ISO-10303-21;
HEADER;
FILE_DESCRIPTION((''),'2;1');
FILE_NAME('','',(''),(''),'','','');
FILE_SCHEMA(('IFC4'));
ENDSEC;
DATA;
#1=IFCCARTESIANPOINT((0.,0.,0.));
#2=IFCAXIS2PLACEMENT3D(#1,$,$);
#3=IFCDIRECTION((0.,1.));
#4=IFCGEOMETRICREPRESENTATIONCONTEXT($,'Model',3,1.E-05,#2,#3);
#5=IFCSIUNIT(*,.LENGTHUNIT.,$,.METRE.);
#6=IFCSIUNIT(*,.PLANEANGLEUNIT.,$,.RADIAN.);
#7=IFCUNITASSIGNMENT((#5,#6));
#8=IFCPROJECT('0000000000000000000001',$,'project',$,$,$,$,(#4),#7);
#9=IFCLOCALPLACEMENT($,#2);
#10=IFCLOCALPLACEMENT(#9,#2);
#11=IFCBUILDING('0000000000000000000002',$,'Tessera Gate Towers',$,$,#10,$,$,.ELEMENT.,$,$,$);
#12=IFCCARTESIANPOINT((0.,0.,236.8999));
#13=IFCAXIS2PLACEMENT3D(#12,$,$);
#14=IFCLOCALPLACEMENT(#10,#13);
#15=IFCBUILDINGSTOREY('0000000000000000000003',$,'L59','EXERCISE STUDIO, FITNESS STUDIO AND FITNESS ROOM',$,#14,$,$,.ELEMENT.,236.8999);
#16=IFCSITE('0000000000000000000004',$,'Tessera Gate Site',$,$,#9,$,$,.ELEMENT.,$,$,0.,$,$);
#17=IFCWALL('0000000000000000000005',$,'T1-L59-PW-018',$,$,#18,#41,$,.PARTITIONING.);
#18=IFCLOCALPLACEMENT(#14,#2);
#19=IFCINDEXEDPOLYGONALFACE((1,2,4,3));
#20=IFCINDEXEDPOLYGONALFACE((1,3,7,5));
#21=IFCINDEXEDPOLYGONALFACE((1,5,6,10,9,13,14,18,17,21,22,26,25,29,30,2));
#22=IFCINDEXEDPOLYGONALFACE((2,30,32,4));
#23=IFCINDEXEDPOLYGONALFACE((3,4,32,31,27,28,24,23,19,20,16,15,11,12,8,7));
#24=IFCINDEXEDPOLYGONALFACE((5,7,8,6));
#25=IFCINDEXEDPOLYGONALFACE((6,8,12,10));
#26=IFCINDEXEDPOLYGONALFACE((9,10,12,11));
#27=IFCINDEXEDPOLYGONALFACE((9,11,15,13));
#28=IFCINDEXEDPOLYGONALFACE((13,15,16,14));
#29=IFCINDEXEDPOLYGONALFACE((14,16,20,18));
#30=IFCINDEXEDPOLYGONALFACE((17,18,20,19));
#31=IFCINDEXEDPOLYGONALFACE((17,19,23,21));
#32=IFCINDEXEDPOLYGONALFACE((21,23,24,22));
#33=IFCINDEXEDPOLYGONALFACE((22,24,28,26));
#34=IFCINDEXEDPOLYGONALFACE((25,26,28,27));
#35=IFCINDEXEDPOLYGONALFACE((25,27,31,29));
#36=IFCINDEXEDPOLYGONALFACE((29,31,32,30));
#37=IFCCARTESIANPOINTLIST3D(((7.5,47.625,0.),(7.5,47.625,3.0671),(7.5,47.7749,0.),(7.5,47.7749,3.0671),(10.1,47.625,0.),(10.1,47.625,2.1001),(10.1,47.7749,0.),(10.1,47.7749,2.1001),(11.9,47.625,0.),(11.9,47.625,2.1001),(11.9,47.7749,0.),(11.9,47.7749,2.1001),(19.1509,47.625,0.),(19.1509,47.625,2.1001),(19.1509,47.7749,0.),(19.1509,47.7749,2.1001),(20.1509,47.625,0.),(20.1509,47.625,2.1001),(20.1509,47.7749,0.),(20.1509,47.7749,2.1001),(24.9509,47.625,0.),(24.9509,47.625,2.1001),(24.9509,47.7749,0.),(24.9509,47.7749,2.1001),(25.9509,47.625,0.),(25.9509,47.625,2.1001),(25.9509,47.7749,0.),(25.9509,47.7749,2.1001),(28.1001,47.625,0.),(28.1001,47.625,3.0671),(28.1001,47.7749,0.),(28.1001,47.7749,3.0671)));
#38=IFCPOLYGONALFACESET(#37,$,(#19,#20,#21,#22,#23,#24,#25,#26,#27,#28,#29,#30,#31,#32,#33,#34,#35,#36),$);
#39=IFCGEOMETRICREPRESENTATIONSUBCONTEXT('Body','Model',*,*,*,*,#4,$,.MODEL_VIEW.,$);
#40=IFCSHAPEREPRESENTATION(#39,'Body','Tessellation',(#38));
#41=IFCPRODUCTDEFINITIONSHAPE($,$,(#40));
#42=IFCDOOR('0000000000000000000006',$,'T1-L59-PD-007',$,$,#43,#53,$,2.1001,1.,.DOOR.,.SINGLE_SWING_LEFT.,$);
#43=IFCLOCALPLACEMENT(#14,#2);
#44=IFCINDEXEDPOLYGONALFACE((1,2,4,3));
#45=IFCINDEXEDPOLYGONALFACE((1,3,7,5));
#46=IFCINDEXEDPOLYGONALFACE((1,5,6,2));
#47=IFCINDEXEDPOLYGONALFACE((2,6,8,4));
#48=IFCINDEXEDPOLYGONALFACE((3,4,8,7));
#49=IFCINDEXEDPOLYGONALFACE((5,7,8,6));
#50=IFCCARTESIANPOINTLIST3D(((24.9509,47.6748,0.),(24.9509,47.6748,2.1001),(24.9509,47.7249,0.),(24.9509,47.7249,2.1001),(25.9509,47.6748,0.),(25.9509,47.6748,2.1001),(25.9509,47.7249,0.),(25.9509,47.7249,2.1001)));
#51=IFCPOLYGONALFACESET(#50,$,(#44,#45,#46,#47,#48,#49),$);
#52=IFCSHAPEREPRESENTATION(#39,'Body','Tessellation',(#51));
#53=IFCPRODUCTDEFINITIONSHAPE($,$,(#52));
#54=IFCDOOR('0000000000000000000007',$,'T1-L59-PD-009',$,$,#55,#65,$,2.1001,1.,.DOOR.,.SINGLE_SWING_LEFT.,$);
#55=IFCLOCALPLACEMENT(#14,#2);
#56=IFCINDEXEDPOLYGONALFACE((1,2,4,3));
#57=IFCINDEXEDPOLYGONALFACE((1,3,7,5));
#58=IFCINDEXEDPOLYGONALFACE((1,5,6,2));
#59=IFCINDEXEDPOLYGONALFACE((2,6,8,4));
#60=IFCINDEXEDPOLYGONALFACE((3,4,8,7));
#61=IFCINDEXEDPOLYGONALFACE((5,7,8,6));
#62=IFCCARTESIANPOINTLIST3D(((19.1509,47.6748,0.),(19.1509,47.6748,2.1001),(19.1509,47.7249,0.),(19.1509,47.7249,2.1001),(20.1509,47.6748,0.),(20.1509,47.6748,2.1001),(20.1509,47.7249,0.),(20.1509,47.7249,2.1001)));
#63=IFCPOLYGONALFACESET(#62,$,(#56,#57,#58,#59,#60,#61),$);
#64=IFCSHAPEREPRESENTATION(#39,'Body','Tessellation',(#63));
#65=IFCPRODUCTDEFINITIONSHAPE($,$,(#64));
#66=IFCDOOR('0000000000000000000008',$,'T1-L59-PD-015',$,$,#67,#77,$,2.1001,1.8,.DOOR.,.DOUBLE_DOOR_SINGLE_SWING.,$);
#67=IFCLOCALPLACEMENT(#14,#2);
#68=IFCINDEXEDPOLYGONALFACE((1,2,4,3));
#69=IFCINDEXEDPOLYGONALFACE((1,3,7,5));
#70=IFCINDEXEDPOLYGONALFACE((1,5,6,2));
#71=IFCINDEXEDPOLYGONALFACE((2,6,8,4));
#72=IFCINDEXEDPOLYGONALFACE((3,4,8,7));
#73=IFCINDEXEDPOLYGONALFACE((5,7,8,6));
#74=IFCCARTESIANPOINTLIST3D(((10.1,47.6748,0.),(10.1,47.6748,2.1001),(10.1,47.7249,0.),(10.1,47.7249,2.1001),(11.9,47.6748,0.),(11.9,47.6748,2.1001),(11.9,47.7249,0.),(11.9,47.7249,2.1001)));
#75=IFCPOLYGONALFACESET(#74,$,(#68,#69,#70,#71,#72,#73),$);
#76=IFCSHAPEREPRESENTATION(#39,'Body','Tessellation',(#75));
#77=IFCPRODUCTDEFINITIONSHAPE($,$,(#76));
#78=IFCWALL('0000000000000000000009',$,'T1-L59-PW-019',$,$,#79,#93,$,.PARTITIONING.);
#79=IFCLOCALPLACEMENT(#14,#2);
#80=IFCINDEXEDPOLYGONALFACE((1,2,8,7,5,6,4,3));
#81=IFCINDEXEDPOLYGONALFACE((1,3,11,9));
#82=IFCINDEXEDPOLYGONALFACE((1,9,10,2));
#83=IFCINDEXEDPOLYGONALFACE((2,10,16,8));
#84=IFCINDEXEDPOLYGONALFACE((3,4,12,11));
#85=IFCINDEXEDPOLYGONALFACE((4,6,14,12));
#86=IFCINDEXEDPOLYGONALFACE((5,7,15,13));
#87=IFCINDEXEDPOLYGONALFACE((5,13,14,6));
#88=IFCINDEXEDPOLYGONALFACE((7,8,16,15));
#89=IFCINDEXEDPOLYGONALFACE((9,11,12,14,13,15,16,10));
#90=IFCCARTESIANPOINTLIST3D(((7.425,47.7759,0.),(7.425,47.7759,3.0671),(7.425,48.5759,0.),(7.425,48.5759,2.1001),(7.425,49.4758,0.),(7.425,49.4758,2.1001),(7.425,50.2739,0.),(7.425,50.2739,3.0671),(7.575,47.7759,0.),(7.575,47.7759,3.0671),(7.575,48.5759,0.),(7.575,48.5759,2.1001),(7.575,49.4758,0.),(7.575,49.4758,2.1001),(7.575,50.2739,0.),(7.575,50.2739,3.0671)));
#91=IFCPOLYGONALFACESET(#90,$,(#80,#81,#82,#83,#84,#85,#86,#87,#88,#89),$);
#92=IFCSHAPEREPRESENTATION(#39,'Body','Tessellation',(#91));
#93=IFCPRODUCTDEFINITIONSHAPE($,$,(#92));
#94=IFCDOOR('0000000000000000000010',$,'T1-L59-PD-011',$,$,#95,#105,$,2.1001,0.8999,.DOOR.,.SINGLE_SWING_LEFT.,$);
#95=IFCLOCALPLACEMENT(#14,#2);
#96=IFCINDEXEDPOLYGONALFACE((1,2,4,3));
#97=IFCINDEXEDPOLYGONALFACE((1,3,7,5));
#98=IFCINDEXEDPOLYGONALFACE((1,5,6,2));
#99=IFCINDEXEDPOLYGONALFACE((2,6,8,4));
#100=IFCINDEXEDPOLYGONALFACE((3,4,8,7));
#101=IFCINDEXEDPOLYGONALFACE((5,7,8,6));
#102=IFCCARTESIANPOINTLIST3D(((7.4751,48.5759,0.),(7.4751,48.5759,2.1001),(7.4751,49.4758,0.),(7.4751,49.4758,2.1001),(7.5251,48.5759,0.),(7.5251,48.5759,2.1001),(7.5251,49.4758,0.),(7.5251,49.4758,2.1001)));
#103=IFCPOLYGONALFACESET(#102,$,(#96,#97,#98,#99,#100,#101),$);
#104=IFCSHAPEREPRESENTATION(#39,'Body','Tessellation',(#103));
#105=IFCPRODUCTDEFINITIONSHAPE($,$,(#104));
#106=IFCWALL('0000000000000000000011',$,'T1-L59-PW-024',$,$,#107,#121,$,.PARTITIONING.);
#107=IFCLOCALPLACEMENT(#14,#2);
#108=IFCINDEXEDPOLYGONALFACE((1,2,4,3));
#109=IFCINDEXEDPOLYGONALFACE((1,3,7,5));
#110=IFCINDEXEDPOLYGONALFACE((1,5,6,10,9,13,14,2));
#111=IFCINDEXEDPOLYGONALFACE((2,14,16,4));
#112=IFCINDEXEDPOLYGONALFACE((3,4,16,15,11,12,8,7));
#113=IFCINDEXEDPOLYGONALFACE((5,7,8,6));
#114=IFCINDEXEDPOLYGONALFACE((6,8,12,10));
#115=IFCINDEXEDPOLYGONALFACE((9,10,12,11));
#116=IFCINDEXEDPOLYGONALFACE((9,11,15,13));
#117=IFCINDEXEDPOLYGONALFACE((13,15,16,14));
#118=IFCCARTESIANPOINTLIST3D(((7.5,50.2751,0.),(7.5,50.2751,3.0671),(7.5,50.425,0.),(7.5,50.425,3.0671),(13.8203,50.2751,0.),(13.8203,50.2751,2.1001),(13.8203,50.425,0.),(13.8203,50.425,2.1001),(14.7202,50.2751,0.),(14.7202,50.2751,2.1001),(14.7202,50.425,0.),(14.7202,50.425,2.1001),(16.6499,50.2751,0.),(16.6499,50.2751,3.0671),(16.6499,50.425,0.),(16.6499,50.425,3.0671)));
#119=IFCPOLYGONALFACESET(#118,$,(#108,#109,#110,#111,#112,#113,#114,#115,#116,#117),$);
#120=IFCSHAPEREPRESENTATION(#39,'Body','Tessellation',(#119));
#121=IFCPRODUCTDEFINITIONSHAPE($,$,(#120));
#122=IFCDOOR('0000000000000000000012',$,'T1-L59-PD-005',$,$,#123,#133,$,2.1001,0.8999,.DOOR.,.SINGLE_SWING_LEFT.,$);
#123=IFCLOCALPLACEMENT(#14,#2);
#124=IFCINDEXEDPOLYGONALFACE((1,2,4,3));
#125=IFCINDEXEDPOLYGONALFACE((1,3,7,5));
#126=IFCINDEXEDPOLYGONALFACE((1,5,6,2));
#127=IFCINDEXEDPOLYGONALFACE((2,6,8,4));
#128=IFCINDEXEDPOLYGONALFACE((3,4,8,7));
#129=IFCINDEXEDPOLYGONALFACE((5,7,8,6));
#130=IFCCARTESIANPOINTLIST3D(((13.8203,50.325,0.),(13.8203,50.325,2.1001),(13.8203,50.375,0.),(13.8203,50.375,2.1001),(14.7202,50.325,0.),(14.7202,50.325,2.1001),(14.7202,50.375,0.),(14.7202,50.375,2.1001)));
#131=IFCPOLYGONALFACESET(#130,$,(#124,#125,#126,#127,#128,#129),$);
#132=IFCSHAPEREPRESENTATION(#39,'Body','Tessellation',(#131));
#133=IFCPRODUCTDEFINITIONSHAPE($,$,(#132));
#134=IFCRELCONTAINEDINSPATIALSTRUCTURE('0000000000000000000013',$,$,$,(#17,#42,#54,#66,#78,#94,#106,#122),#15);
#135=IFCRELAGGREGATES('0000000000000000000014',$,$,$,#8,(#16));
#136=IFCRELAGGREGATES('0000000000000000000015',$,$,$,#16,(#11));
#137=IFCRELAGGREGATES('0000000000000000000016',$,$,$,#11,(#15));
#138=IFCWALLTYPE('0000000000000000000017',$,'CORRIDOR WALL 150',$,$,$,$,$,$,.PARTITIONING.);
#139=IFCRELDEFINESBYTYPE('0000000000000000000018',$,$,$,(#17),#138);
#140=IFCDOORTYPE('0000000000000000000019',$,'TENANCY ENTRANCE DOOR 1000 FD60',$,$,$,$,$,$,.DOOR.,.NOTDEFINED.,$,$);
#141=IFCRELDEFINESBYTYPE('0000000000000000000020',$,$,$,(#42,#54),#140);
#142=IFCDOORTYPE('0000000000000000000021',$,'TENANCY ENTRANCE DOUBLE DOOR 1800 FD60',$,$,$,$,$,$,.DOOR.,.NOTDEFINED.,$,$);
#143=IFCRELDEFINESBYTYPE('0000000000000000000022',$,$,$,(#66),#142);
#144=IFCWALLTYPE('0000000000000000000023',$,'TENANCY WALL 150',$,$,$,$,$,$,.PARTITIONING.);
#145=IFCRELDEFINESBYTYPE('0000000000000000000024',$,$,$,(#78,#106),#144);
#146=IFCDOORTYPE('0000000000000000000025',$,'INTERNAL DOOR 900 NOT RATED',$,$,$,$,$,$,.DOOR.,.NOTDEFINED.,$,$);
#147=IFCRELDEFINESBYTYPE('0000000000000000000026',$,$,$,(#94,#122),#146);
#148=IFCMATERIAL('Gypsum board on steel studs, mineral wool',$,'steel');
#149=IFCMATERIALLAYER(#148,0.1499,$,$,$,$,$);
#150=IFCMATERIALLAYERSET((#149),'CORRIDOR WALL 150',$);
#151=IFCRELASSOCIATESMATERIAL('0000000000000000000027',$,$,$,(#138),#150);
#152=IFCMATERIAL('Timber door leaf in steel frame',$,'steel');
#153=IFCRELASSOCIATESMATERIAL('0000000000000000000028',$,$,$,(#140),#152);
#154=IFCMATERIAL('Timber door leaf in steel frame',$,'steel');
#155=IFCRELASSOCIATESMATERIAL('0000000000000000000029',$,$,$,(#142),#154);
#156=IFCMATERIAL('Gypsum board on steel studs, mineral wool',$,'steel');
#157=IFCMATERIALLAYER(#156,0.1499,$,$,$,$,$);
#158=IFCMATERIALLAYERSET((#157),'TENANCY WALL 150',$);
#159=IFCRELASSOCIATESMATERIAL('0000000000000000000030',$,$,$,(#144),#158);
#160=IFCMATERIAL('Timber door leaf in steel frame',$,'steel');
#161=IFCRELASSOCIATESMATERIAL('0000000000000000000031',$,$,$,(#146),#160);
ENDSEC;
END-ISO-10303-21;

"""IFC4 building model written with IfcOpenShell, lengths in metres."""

from ifc_helpers import new_model, si_unit, direction, frame, frame_2d, origin, place, context, subcontext, project, spatial, rectangle, extrude, source, transform, mapped, material, layer, layer_set, type_object, element, fill, save


model = new_model("IFC4")

# Units and contexts
model_context = context("Model", 3, precision=1e-05, world=origin(), true_north=direction((0.0, 1.0)))
body_context = subcontext(model_context, "Body", "Model", "MODEL_VIEW")
ifc_project = project(units=[si_unit("LENGTHUNIT", "METRE"), si_unit("PLANEANGLEUNIT", "RADIAN")], contexts=[model_context])

# Site, building, storey
site_placement = place(None, origin())
site = spatial("IfcSite", under=ifc_project, at=site_placement, Name="Tessera Gate Site", CompositionType="ELEMENT", RefElevation=0.0)
building_placement = place(site_placement, origin())
building = spatial("IfcBuilding", under=site, at=building_placement, Name="Tessera Gate Towers", CompositionType="ELEMENT")
storey_placement = place(building_placement, frame((0.0, 0.0, 236.8999)))
storey = spatial("IfcBuildingStorey", under=building, at=storey_placement, Name="L59", Description="EXERCISE STUDIO, FITNESS STUDIO AND FITNESS ROOM", CompositionType="ELEMENT", Elevation=236.8999)

# Shared definitions
ifc_material_1 = material(Name="Gypsum board on steel studs, mineral wool", Category="steel")
ifc_layer_1 = layer(ifc_material_1, 0.1499)
ifc_layer_set_1 = layer_set([ifc_layer_1], Name="CORRIDOR WALL 150")
wall_type_1 = type_object("IfcWallType", Name="CORRIDOR WALL 150", PredefinedType="PARTITIONING", material=ifc_layer_set_1)

# Wall, openings, doors
wall_1_placement = place(storey_placement, frame((7.5, 47.7, 0.0), z_axis=(0.0, 0.0, 1.0), x_axis=(1.0, 0.0, 0.0)))
wall_1 = element("IfcWall", 1, at=wall_1_placement, inside=storey, type_object=wall_type_1, Name="T1-L59-PW-018", PredefinedType="PARTITIONING", context=body_context, shape_type="SweptSolid", body=[
    extrude(rectangle(XDim=20.6001, YDim=0.1499, at=frame_2d((10.3, 0.0))), origin(), (0.0, 0.0, 1.0), 3.0671),
])
shared_shape_1 = source(origin(), body_context, "Body", "SweptSolid", [
    extrude(rectangle(XDim=1.0, YDim=2.1001, at=frame_2d((0.5, 1.05))), frame((0.0, 0.085, 0.0), z_axis=(0.0, -1.0, 0.0), x_axis=(1.0, 0.0, 0.0)), (0.0, 0.0, 1.0), 0.1699),
])
opening_1_placement = place(wall_1_placement, frame((17.4509, 0.0, 0.0)))
opening_1 = element("IfcOpeningElement", 2, at=opening_1_placement, cuts=wall_1, PredefinedType="OPENING", context=body_context, shape_type="MappedRepresentation", body=[
    mapped(shared_shape_1, transform((0.0, 0.0, 0.0), scale=1.0)),
])
opening_2_placement = place(wall_1_placement, frame((11.6509, 0.0, 0.0)))
opening_2 = element("IfcOpeningElement", 3, at=opening_2_placement, cuts=wall_1, PredefinedType="OPENING", context=body_context, shape_type="MappedRepresentation", body=[
    mapped(shared_shape_1, transform((0.0, 0.0, 0.0), scale=1.0)),
])
shared_shape_2 = source(origin(), body_context, "Body", "SweptSolid", [
    extrude(rectangle(XDim=1.8, YDim=2.1001, at=frame_2d((0.8999, 1.05))), frame((0.0, 0.085, 0.0), z_axis=(0.0, -1.0, 0.0), x_axis=(1.0, 0.0, 0.0)), (0.0, 0.0, 1.0), 0.1699),
])
opening_3_placement = place(wall_1_placement, frame((2.6001, 0.0, 0.0)))
opening_3 = element("IfcOpeningElement", 4, at=opening_3_placement, cuts=wall_1, PredefinedType="OPENING", context=body_context, shape_type="MappedRepresentation", body=[
    mapped(shared_shape_2, transform((0.0, 0.0, 0.0), scale=1.0)),
])
ifc_material_2 = material(Name="Timber door leaf in steel frame", Category="steel")
door_type_1 = type_object("IfcDoorType", Name="TENANCY ENTRANCE DOOR 1000 FD60", OperationType="NOTDEFINED", PredefinedType="DOOR", material=ifc_material_2)
shared_shape_3 = source(origin(), body_context, "Body", "SweptSolid", [
    extrude(rectangle(XDim=1.0, YDim=2.1001, at=frame_2d((0.5, 1.05))), frame((0.0, 0.0249, 0.0), z_axis=(0.0, -1.0, 0.0), x_axis=(1.0, 0.0, 0.0)), (0.0, 0.0, 1.0), 0.05),
])
door_1_placement = place(opening_1_placement, origin())
door_1 = element("IfcDoor", 5, at=door_1_placement, inside=storey, type_object=door_type_1, Name="T1-L59-PD-007", OperationType="SINGLE_SWING_LEFT", OverallHeight=2.1001, OverallWidth=1.0, PredefinedType="DOOR", context=body_context, shape_type="MappedRepresentation", body=[
    mapped(shared_shape_3, transform((0.0, 0.0, 0.0), scale=1.0)),
])
fill(opening_1, door_1)
door_2_placement = place(opening_2_placement, origin())
door_2 = element("IfcDoor", 6, at=door_2_placement, inside=storey, type_object=door_type_1, Name="T1-L59-PD-009", OperationType="SINGLE_SWING_LEFT", OverallHeight=2.1001, OverallWidth=1.0, PredefinedType="DOOR", context=body_context, shape_type="MappedRepresentation", body=[
    mapped(shared_shape_3, transform((0.0, 0.0, 0.0), scale=1.0)),
])
fill(opening_2, door_2)
ifc_material_3 = material(Name="Timber door leaf in steel frame", Category="steel")
door_type_2 = type_object("IfcDoorType", Name="TENANCY ENTRANCE DOUBLE DOOR 1800 FD60", OperationType="NOTDEFINED", PredefinedType="DOOR", material=ifc_material_3)
shared_shape_4 = source(origin(), body_context, "Body", "SweptSolid", [
    extrude(rectangle(XDim=1.8, YDim=2.1001, at=frame_2d((0.8999, 1.05))), frame((0.0, 0.0249, 0.0), z_axis=(0.0, -1.0, 0.0), x_axis=(1.0, 0.0, 0.0)), (0.0, 0.0, 1.0), 0.05),
])
door_3_placement = place(opening_3_placement, origin())
door_3 = element("IfcDoor", 7, at=door_3_placement, inside=storey, type_object=door_type_2, Name="T1-L59-PD-015", OperationType="DOUBLE_DOOR_SINGLE_SWING", OverallHeight=2.1001, OverallWidth=1.8, PredefinedType="DOOR", context=body_context, shape_type="MappedRepresentation", body=[
    mapped(shared_shape_4, transform((0.0, 0.0, 0.0), scale=1.0)),
])
fill(opening_3, door_3)

# Walls, openings, doors
ifc_material_4 = material(Name="Gypsum board on steel studs, mineral wool", Category="steel")
ifc_layer_2 = layer(ifc_material_4, 0.1499)
ifc_layer_set_2 = layer_set([ifc_layer_2], Name="TENANCY WALL 150")
wall_type_2 = type_object("IfcWallType", Name="TENANCY WALL 150", PredefinedType="PARTITIONING", material=ifc_layer_set_2)
wall_2_placement = place(storey_placement, frame((7.5, 47.7759, 0.0), z_axis=(0.0, 0.0, 1.0), x_axis=(0.0, 1.0, 0.0)))
wall_2 = element("IfcWall", 8, at=wall_2_placement, inside=storey, type_object=wall_type_2, Name="T1-L59-PW-019", PredefinedType="PARTITIONING", context=body_context, shape_type="SweptSolid", body=[
    extrude(rectangle(XDim=2.498, YDim=0.1499, at=frame_2d((1.249, 0.0))), origin(), (0.0, 0.0, 1.0), 3.0671),
])
shared_shape_5 = source(origin(), body_context, "Body", "SweptSolid", [
    extrude(rectangle(XDim=0.8999, YDim=2.1001, at=frame_2d((0.45, 1.05))), frame((0.0, 0.085, 0.0), z_axis=(0.0, -1.0, 0.0), x_axis=(1.0, 0.0, 0.0)), (0.0, 0.0, 1.0), 0.1699),
])
opening_4_placement = place(wall_2_placement, frame((0.8, 0.0, 0.0)))
opening_4 = element("IfcOpeningElement", 9, at=opening_4_placement, cuts=wall_2, PredefinedType="OPENING", context=body_context, shape_type="MappedRepresentation", body=[
    mapped(shared_shape_5, transform((0.0, 0.0, 0.0), scale=1.0)),
])
ifc_material_5 = material(Name="Timber door leaf in steel frame", Category="steel")
door_type_3 = type_object("IfcDoorType", Name="INTERNAL DOOR 900 NOT RATED", OperationType="NOTDEFINED", PredefinedType="DOOR", material=ifc_material_5)
shared_shape_6 = source(origin(), body_context, "Body", "SweptSolid", [
    extrude(rectangle(XDim=0.8999, YDim=2.1001, at=frame_2d((0.45, 1.05))), frame((0.0, 0.0249, 0.0), z_axis=(0.0, -1.0, 0.0), x_axis=(1.0, 0.0, 0.0)), (0.0, 0.0, 1.0), 0.05),
])
door_4_placement = place(opening_4_placement, origin())
door_4 = element("IfcDoor", 10, at=door_4_placement, inside=storey, type_object=door_type_3, Name="T1-L59-PD-011", OperationType="SINGLE_SWING_LEFT", OverallHeight=2.1001, OverallWidth=0.8999, PredefinedType="DOOR", context=body_context, shape_type="MappedRepresentation", body=[
    mapped(shared_shape_6, transform((0.0, 0.0, 0.0), scale=1.0)),
])
fill(opening_4, door_4)
wall_3_placement = place(storey_placement, frame((7.5, 50.3501, 0.0), z_axis=(0.0, 0.0, 1.0), x_axis=(1.0, 0.0, 0.0)))
wall_3 = element("IfcWall", 11, at=wall_3_placement, inside=storey, type_object=wall_type_2, Name="T1-L59-PW-024", PredefinedType="PARTITIONING", context=body_context, shape_type="SweptSolid", body=[
    extrude(rectangle(XDim=9.1499, YDim=0.1499, at=frame_2d((4.575, 0.0))), origin(), (0.0, 0.0, 1.0), 3.0671),
])
opening_5_placement = place(wall_3_placement, frame((6.3203, 0.0, 0.0)))
opening_5 = element("IfcOpeningElement", 12, at=opening_5_placement, cuts=wall_3, PredefinedType="OPENING", context=body_context, shape_type="MappedRepresentation", body=[
    mapped(shared_shape_5, transform((0.0, 0.0, 0.0), scale=1.0)),
])
door_5_placement = place(opening_5_placement, origin())
door_5 = element("IfcDoor", 13, at=door_5_placement, inside=storey, type_object=door_type_3, Name="T1-L59-PD-005", OperationType="SINGLE_SWING_LEFT", OverallHeight=2.1001, OverallWidth=0.8999, PredefinedType="DOOR", context=body_context, shape_type="MappedRepresentation", body=[
    mapped(shared_shape_6, transform((0.0, 0.0, 0.0), scale=1.0)),
])
fill(opening_5, door_5)

save(model, "model.ifc")
